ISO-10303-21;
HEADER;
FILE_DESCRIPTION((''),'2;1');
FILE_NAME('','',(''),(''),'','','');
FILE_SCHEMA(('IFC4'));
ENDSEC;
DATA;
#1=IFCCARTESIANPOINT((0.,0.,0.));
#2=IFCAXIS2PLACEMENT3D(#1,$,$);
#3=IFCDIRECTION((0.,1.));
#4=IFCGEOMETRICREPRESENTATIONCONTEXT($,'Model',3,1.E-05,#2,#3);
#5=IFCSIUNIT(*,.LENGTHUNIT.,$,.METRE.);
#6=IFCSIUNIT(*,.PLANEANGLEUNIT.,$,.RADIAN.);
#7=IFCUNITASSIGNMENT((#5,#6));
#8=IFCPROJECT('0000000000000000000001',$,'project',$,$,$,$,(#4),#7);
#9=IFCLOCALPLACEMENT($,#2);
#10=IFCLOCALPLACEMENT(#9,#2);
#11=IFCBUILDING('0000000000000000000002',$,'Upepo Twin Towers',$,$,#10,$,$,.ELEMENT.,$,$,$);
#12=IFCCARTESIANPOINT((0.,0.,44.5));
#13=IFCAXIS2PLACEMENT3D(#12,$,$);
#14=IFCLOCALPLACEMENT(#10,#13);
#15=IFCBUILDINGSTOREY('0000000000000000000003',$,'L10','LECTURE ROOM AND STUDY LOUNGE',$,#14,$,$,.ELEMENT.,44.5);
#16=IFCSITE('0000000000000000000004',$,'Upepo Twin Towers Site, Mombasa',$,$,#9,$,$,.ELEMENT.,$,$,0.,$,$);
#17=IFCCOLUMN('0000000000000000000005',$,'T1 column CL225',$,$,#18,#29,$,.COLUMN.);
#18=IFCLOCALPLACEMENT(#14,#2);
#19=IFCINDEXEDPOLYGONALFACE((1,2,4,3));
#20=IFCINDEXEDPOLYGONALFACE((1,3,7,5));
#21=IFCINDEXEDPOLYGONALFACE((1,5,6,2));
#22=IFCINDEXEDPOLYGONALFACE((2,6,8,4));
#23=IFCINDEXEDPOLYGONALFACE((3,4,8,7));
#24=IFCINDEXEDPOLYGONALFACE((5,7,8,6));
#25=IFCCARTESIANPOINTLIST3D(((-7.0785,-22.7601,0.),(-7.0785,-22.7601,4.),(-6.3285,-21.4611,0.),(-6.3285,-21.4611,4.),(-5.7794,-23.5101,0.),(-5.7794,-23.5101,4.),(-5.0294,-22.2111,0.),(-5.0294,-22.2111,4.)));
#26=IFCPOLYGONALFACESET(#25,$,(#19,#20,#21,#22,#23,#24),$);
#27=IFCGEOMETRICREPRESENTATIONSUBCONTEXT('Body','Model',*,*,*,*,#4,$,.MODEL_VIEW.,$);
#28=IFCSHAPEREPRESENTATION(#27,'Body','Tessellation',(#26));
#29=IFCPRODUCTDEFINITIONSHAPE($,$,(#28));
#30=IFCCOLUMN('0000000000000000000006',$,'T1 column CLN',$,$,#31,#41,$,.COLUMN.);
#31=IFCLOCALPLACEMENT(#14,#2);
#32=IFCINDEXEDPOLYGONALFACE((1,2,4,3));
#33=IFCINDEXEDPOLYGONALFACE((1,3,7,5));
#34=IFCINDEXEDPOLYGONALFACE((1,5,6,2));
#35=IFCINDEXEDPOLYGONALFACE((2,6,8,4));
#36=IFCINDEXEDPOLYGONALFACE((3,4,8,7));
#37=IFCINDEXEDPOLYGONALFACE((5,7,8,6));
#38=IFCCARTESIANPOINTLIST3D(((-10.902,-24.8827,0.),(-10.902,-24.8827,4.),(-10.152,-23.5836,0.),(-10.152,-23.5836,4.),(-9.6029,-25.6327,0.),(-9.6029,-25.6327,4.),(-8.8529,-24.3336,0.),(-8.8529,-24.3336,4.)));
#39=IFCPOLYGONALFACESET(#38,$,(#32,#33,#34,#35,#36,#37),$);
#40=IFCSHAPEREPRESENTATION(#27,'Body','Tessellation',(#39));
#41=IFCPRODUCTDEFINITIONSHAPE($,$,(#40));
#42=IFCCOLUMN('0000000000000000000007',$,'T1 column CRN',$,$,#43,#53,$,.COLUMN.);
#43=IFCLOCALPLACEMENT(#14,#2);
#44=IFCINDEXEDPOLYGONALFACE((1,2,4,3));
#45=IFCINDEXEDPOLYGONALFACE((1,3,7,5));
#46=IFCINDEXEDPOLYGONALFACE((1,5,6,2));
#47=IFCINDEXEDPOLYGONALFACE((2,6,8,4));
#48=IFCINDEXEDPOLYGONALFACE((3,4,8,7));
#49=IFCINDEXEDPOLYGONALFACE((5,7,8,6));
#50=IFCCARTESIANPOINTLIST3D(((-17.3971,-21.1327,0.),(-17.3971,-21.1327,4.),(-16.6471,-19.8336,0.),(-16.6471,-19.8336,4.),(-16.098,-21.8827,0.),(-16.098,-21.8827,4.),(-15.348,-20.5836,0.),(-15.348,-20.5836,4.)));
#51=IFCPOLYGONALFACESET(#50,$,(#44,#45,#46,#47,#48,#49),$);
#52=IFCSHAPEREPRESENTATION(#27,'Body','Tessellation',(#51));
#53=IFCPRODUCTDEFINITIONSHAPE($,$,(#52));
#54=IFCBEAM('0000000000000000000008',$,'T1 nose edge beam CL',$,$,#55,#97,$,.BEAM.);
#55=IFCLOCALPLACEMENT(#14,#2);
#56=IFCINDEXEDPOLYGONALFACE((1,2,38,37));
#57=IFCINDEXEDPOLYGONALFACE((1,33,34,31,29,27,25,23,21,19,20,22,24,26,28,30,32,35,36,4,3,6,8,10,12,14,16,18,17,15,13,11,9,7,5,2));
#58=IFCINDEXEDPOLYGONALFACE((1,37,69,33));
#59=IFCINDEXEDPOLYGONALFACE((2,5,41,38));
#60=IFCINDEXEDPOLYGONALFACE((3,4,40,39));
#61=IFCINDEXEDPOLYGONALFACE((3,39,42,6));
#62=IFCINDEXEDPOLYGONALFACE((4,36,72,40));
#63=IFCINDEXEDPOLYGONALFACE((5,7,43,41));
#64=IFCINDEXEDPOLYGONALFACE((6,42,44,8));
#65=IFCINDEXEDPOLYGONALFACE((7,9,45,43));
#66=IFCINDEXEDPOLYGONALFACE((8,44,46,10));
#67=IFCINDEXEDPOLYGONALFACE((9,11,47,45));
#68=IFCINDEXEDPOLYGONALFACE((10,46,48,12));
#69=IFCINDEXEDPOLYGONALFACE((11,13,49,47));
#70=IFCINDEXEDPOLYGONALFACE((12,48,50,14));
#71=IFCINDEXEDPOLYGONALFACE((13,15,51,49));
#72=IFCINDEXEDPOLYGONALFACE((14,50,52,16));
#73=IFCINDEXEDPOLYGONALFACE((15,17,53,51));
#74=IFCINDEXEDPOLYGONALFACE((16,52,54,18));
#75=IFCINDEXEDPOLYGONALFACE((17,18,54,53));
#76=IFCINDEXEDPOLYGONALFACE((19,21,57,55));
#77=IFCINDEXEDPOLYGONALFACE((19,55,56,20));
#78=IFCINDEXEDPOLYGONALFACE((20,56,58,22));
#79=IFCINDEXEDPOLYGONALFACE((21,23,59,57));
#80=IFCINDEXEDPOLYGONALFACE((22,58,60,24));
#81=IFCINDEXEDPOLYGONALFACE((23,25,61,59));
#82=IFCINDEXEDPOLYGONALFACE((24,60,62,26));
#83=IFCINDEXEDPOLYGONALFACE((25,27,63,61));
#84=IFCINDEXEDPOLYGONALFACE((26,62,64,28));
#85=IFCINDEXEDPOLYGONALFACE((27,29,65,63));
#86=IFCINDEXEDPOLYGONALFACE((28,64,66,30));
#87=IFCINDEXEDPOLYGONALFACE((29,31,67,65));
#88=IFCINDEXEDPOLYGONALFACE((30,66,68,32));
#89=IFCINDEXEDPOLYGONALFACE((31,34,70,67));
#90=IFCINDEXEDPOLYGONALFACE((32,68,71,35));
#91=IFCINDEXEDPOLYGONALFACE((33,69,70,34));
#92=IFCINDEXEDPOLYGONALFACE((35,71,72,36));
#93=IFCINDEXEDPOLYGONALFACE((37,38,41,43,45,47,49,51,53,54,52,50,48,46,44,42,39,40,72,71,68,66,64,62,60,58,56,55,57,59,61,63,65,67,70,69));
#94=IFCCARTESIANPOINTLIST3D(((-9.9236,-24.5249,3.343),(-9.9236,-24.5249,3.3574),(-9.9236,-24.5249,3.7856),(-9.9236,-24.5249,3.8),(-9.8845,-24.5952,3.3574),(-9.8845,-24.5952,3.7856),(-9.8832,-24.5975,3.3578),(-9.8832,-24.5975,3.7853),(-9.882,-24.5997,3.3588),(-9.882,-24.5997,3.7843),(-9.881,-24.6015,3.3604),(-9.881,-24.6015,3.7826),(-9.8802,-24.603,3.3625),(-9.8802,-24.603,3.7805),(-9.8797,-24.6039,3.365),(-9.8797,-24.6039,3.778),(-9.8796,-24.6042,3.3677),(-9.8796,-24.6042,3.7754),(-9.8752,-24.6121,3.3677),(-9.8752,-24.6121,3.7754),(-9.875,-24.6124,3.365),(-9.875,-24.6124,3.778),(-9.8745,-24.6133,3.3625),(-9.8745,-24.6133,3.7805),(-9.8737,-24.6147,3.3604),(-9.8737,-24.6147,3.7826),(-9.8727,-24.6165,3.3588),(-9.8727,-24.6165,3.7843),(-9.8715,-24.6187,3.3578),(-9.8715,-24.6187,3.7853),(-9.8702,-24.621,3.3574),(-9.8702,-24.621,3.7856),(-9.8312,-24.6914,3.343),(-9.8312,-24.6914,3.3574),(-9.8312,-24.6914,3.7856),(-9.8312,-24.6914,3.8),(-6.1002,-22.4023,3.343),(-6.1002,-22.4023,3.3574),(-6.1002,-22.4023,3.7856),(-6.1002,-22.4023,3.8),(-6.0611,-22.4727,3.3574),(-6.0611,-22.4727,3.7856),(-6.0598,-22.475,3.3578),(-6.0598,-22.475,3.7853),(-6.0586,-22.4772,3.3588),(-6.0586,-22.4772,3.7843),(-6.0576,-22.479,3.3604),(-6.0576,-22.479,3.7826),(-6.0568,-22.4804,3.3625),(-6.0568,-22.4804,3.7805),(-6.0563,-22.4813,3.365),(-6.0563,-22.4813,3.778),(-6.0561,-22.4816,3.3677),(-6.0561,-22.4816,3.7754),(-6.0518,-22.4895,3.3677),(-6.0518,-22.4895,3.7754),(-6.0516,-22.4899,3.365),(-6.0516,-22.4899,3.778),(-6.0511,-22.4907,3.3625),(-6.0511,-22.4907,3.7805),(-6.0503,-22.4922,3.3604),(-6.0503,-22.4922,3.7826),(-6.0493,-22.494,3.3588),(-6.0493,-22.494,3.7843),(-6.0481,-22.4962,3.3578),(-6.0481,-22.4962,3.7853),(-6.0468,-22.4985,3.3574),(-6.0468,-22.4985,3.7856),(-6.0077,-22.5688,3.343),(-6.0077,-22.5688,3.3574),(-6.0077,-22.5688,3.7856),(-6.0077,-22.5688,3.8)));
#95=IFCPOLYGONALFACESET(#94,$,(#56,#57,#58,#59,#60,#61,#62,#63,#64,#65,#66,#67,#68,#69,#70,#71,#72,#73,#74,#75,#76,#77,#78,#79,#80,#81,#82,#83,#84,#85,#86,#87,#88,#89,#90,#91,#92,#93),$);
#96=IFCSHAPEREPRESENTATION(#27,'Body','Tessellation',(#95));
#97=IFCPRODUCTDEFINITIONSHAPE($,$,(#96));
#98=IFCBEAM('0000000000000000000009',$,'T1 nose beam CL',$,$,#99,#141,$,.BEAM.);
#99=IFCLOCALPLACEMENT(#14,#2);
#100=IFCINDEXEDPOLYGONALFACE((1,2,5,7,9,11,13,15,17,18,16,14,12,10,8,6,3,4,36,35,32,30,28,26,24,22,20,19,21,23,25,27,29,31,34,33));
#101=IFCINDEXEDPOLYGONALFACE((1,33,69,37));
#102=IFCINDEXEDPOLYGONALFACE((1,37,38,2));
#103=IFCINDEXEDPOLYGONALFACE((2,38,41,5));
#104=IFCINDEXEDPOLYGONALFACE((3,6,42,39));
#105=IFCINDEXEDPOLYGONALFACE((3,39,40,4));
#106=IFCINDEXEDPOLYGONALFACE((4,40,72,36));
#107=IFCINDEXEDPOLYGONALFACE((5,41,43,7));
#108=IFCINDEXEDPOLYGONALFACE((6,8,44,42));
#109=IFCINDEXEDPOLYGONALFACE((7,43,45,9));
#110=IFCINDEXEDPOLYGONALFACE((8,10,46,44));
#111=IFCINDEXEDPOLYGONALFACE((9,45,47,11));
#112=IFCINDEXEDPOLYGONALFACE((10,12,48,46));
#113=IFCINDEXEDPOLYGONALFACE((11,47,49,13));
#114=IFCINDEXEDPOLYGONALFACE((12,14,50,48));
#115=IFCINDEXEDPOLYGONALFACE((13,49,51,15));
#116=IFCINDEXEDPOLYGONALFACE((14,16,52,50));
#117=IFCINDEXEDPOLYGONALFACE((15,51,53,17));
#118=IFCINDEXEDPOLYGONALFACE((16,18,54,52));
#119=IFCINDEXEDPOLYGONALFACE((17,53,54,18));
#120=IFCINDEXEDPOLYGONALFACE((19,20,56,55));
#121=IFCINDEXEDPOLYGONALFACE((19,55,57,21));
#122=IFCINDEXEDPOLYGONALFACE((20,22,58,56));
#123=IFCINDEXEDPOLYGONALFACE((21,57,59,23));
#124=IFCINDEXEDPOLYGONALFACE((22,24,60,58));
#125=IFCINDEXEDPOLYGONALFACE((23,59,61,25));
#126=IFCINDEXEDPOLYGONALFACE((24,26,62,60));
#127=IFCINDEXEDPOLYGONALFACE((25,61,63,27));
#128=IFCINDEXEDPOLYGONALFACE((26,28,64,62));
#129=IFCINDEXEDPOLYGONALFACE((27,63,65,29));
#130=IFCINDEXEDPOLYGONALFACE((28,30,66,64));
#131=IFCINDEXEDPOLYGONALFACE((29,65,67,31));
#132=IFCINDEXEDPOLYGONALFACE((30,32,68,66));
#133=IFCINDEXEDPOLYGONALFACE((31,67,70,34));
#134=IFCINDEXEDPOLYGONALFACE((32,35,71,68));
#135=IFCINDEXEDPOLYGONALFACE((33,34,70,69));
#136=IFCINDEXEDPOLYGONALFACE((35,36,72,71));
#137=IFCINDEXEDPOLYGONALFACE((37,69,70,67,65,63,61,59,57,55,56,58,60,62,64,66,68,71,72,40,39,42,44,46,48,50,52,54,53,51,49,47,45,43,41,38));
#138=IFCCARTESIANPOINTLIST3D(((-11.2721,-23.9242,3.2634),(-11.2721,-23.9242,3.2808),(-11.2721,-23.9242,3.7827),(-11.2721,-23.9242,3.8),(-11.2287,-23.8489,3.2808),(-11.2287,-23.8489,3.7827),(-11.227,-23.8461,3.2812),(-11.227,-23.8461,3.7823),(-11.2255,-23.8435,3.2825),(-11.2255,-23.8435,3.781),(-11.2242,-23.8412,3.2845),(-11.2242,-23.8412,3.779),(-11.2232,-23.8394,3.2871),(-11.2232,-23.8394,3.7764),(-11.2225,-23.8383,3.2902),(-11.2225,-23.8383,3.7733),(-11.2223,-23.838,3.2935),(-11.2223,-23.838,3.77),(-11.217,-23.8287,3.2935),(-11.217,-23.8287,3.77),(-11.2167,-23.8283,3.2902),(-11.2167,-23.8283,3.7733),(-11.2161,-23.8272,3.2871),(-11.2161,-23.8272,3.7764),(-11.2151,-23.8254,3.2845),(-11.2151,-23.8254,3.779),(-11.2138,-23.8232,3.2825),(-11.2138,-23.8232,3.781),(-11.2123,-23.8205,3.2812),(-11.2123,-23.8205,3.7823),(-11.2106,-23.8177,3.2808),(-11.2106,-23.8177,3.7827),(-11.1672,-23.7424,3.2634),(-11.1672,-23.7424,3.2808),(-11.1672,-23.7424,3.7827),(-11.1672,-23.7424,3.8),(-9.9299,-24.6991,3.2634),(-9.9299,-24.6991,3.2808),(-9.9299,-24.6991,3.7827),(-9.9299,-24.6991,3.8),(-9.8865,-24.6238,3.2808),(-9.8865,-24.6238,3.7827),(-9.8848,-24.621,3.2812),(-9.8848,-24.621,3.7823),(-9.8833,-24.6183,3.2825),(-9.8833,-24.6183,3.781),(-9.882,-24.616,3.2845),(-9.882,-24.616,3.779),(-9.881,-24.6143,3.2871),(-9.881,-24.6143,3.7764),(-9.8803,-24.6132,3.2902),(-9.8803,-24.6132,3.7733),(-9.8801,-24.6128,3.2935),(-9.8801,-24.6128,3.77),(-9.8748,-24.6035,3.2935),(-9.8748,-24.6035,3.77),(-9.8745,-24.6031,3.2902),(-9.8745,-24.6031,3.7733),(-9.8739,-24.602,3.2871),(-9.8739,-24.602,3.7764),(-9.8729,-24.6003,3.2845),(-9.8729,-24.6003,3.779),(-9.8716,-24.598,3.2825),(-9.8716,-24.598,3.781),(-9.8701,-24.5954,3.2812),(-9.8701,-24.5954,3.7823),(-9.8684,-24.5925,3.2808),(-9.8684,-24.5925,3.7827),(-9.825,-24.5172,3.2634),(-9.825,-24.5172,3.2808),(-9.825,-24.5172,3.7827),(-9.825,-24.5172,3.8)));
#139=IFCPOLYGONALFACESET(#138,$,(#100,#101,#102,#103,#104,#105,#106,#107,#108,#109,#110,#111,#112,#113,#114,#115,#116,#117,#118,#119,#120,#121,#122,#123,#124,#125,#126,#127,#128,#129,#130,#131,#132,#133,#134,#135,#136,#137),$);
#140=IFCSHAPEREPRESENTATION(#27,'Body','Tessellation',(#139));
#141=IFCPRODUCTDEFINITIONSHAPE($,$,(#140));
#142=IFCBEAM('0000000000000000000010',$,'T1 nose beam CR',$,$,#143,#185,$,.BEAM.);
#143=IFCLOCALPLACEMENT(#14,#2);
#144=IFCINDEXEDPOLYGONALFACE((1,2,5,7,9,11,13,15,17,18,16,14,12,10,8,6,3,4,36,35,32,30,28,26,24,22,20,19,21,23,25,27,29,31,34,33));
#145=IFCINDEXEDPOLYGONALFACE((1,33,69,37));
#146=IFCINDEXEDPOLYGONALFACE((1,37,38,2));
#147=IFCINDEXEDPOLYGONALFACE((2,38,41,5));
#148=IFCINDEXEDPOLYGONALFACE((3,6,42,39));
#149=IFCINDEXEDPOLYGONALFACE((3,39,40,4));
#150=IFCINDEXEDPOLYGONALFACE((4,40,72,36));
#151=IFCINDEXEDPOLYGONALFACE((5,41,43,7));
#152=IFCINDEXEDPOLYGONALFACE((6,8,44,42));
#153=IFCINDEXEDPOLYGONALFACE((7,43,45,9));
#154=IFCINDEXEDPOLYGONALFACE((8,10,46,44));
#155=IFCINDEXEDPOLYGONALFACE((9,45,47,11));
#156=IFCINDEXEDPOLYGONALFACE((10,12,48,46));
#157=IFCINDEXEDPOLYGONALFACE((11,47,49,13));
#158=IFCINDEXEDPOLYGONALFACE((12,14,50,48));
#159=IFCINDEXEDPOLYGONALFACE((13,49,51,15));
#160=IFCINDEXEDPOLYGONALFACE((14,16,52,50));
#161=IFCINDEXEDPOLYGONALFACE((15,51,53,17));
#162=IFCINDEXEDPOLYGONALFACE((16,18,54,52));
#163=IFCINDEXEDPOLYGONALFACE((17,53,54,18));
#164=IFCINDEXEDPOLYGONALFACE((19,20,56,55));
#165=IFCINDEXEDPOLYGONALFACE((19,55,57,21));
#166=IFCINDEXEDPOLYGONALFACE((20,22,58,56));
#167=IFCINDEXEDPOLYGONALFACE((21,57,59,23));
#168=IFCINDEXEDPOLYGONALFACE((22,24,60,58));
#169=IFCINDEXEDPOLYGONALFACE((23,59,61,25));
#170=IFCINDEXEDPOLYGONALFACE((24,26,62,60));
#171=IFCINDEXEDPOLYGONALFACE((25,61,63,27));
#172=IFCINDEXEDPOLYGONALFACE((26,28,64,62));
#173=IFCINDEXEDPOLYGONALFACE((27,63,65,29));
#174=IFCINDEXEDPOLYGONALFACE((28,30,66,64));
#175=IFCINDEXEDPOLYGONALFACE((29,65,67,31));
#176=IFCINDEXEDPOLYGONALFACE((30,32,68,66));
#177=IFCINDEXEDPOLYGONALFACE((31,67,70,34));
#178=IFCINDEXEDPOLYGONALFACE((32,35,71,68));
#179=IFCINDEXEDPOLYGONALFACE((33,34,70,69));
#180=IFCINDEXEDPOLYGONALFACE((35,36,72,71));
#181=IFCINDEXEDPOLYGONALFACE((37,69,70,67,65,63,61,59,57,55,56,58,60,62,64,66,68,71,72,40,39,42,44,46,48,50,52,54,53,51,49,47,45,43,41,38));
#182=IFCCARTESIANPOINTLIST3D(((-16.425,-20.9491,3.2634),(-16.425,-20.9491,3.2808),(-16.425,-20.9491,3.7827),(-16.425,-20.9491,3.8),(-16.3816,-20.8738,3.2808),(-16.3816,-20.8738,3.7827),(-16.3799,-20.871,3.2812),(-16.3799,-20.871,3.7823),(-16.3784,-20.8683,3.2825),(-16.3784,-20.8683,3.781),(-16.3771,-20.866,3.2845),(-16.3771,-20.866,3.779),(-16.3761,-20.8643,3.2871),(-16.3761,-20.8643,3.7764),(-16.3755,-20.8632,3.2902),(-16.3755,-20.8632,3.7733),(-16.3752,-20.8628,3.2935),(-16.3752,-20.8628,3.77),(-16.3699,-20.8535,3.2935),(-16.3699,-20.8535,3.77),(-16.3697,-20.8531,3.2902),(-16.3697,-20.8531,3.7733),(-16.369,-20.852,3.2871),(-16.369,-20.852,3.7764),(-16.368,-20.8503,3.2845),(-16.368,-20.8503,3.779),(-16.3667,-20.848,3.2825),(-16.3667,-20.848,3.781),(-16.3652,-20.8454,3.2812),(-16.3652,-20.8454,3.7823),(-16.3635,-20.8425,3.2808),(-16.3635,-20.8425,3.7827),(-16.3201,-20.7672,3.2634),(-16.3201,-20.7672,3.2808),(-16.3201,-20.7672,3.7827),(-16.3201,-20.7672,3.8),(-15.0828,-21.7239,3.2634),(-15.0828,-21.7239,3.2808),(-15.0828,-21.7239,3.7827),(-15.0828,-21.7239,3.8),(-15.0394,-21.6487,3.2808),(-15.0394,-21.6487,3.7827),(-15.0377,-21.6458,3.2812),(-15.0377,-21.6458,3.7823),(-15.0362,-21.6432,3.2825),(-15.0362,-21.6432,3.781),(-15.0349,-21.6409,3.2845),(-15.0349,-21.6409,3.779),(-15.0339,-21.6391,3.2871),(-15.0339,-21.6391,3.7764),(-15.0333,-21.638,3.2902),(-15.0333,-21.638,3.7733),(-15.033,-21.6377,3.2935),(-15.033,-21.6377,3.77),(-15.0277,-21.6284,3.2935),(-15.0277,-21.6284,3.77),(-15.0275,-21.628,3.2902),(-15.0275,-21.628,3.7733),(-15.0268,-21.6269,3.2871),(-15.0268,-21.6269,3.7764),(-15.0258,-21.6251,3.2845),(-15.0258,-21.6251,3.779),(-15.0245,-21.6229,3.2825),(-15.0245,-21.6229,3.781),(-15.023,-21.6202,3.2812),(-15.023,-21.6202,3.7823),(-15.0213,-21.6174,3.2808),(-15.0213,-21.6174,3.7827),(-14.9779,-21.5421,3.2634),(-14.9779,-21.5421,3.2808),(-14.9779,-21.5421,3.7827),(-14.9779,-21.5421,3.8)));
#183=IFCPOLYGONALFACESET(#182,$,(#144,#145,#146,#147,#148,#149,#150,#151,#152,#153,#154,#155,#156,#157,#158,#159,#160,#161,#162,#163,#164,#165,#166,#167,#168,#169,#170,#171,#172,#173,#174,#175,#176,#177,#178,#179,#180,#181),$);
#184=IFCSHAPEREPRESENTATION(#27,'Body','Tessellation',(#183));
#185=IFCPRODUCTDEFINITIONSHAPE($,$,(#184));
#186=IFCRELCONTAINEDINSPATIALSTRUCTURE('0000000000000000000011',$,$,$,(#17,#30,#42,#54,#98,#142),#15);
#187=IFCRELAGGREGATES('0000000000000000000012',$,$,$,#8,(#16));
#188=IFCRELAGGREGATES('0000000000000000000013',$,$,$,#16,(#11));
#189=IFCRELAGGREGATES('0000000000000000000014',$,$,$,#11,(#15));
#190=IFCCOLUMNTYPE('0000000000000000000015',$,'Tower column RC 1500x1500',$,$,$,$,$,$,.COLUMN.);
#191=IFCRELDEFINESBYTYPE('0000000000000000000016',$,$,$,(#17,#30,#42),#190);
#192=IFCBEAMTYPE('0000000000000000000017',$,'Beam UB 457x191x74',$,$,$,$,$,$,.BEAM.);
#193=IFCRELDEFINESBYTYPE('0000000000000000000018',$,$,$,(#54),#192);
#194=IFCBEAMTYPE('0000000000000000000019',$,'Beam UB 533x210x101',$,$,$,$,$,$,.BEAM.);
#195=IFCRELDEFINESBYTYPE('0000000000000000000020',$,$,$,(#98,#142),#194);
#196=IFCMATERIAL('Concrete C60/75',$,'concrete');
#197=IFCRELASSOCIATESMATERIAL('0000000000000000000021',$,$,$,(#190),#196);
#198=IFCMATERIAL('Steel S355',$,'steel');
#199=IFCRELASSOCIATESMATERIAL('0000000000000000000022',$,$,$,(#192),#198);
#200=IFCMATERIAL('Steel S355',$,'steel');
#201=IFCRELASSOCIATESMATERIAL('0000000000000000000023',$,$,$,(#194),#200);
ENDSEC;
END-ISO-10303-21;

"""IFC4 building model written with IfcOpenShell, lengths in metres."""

from ifc_helpers import new_model, si_unit, direction, frame, origin, origin_2d, place, context, subcontext, project, spatial, rectangle, i_section, extrude, material, material_profile, profile_set, type_object, element, save


model = new_model("IFC4")

# Units and contexts
model_context = context("Model", 3, precision=1e-05, world=origin(), true_north=direction((0.0, 1.0)))
body_context = subcontext(model_context, "Body", "Model", "MODEL_VIEW")
ifc_project = project(units=[si_unit("LENGTHUNIT", "METRE"), si_unit("PLANEANGLEUNIT", "RADIAN")], contexts=[model_context])

# Site, building, storey
site_placement = place(None, origin())
site = spatial("IfcSite", under=ifc_project, at=site_placement, Name="Upepo Twin Towers Site, Mombasa", CompositionType="ELEMENT", RefElevation=0.0)
building_placement = place(site_placement, origin())
building = spatial("IfcBuilding", under=site, at=building_placement, Name="Upepo Twin Towers", CompositionType="ELEMENT")
storey_placement = place(building_placement, frame((0.0, 0.0, 44.5)))
storey = spatial("IfcBuildingStorey", under=building, at=storey_placement, Name="L10", Description="LECTURE ROOM AND STUDY LOUNGE", CompositionType="ELEMENT", Elevation=44.5)

# Columns
ifc_material_1 = material(Name="Concrete C60/75", Category="concrete")
ifc_material_profile_1 = material_profile(ifc_material_1, rectangle(XDim=1.5, YDim=1.5, at=origin_2d()), Name="RC 1500x1500")
ifc_profile_set_1 = profile_set([ifc_material_profile_1], Name="Concrete C60/75")
column_type = type_object("IfcColumnType", Name="Tower column RC 1500x1500", PredefinedType="COLUMN", material=ifc_profile_set_1)
for number, where, z_axis, x_axis, name in (
    (1, (-6.054, -22.4856, 0.0), (0.0, 0.0, 1.0), (0.5, 0.866025, 0.0), "T1 column CL225"),
    (2, (-9.8774, -24.6082, 0.0), (0.0, 0.0, 1.0), (0.5, 0.866025, 0.0), "T1 column CLN"),
    (3, (-16.3726, -20.8582, 0.0), (0.0, 0.0, 1.0), (0.5, 0.866025, 0.0), "T1 column CRN"),
):
    element("IfcColumn", number, at=place(storey_placement, frame(where, z_axis=z_axis, x_axis=x_axis)), inside=storey, type_object=column_type, Name=name, PredefinedType="COLUMN", context=body_context, shape_type="SweptSolid", body=[
        extrude(rectangle(XDim=1.5, YDim=1.5, at=origin_2d()), origin(), (0.0, 0.0, 1.0), 4.0),
    ])

# Beams
ifc_material_2 = material(Name="Steel S355", Category="steel")
ifc_material_profile_2 = material_profile(ifc_material_2, i_section(OverallWidth=0.1904, OverallDepth=0.457, WebThickness=0.009, FlangeThickness=0.0144, FilletRadius=0.0103, at=origin_2d()), Name="UB 457x191x74")
ifc_profile_set_2 = profile_set([ifc_material_profile_2], Name="Steel S355")
beam_type_1 = type_object("IfcBeamType", Name="Beam UB 457x191x74", PredefinedType="BEAM", material=ifc_profile_set_2)
beam_1_placement = place(storey_placement, frame((-6.054, -22.4856, 3.5715), z_axis=(-0.874313, -0.485363, 0.0), x_axis=(0.485363, -0.874313, 0.0)))
element("IfcBeam", 4, at=beam_1_placement, inside=storey, type_object=beam_type_1, Name="T1 nose edge beam CL", PredefinedType="BEAM", context=body_context, shape_type="SweptSolid", body=[
    extrude(i_section(OverallWidth=0.1904, OverallDepth=0.457, WebThickness=0.009, FlangeThickness=0.0144, FilletRadius=0.0103, at=origin_2d()), origin(), (0.0, 0.0, 1.0), 4.373),
])
ifc_material_3 = material(Name="Steel S355", Category="steel")
ifc_material_profile_3 = material_profile(ifc_material_3, i_section(OverallWidth=0.21, OverallDepth=0.5366, WebThickness=0.0107, FlangeThickness=0.0173, FilletRadius=0.0127, at=origin_2d()), Name="UB 533x210x101")
ifc_profile_set_3 = profile_set([ifc_material_profile_3], Name="Steel S355")
beam_type_2 = type_object("IfcBeamType", Name="Beam UB 533x210x101", PredefinedType="BEAM", material=ifc_profile_set_3)
for number, where, z_axis, x_axis, name in (
    (5, (-9.8774, -24.6082, 3.5317), (-0.866044, 0.499968, 0.0), (-0.499968, -0.866044, 0.0), "T1 nose beam CL"),
    (6, (-16.3726, -20.8582, 3.5317), (0.866044, -0.499968, 0.0), (0.499968, 0.866044, 0.0), "T1 nose beam CR"),
):
    element("IfcBeam", number, at=place(storey_placement, frame(where, z_axis=z_axis, x_axis=x_axis)), inside=storey, type_object=beam_type_2, Name=name, PredefinedType="BEAM", context=body_context, shape_type="SweptSolid", body=[
        extrude(i_section(OverallWidth=0.21, OverallDepth=0.5366, WebThickness=0.0107, FlangeThickness=0.0173, FilletRadius=0.0127, at=origin_2d()), origin(), (0.0, 0.0, 1.0), 1.5498),
    ])

save(model, "model.ifc")
